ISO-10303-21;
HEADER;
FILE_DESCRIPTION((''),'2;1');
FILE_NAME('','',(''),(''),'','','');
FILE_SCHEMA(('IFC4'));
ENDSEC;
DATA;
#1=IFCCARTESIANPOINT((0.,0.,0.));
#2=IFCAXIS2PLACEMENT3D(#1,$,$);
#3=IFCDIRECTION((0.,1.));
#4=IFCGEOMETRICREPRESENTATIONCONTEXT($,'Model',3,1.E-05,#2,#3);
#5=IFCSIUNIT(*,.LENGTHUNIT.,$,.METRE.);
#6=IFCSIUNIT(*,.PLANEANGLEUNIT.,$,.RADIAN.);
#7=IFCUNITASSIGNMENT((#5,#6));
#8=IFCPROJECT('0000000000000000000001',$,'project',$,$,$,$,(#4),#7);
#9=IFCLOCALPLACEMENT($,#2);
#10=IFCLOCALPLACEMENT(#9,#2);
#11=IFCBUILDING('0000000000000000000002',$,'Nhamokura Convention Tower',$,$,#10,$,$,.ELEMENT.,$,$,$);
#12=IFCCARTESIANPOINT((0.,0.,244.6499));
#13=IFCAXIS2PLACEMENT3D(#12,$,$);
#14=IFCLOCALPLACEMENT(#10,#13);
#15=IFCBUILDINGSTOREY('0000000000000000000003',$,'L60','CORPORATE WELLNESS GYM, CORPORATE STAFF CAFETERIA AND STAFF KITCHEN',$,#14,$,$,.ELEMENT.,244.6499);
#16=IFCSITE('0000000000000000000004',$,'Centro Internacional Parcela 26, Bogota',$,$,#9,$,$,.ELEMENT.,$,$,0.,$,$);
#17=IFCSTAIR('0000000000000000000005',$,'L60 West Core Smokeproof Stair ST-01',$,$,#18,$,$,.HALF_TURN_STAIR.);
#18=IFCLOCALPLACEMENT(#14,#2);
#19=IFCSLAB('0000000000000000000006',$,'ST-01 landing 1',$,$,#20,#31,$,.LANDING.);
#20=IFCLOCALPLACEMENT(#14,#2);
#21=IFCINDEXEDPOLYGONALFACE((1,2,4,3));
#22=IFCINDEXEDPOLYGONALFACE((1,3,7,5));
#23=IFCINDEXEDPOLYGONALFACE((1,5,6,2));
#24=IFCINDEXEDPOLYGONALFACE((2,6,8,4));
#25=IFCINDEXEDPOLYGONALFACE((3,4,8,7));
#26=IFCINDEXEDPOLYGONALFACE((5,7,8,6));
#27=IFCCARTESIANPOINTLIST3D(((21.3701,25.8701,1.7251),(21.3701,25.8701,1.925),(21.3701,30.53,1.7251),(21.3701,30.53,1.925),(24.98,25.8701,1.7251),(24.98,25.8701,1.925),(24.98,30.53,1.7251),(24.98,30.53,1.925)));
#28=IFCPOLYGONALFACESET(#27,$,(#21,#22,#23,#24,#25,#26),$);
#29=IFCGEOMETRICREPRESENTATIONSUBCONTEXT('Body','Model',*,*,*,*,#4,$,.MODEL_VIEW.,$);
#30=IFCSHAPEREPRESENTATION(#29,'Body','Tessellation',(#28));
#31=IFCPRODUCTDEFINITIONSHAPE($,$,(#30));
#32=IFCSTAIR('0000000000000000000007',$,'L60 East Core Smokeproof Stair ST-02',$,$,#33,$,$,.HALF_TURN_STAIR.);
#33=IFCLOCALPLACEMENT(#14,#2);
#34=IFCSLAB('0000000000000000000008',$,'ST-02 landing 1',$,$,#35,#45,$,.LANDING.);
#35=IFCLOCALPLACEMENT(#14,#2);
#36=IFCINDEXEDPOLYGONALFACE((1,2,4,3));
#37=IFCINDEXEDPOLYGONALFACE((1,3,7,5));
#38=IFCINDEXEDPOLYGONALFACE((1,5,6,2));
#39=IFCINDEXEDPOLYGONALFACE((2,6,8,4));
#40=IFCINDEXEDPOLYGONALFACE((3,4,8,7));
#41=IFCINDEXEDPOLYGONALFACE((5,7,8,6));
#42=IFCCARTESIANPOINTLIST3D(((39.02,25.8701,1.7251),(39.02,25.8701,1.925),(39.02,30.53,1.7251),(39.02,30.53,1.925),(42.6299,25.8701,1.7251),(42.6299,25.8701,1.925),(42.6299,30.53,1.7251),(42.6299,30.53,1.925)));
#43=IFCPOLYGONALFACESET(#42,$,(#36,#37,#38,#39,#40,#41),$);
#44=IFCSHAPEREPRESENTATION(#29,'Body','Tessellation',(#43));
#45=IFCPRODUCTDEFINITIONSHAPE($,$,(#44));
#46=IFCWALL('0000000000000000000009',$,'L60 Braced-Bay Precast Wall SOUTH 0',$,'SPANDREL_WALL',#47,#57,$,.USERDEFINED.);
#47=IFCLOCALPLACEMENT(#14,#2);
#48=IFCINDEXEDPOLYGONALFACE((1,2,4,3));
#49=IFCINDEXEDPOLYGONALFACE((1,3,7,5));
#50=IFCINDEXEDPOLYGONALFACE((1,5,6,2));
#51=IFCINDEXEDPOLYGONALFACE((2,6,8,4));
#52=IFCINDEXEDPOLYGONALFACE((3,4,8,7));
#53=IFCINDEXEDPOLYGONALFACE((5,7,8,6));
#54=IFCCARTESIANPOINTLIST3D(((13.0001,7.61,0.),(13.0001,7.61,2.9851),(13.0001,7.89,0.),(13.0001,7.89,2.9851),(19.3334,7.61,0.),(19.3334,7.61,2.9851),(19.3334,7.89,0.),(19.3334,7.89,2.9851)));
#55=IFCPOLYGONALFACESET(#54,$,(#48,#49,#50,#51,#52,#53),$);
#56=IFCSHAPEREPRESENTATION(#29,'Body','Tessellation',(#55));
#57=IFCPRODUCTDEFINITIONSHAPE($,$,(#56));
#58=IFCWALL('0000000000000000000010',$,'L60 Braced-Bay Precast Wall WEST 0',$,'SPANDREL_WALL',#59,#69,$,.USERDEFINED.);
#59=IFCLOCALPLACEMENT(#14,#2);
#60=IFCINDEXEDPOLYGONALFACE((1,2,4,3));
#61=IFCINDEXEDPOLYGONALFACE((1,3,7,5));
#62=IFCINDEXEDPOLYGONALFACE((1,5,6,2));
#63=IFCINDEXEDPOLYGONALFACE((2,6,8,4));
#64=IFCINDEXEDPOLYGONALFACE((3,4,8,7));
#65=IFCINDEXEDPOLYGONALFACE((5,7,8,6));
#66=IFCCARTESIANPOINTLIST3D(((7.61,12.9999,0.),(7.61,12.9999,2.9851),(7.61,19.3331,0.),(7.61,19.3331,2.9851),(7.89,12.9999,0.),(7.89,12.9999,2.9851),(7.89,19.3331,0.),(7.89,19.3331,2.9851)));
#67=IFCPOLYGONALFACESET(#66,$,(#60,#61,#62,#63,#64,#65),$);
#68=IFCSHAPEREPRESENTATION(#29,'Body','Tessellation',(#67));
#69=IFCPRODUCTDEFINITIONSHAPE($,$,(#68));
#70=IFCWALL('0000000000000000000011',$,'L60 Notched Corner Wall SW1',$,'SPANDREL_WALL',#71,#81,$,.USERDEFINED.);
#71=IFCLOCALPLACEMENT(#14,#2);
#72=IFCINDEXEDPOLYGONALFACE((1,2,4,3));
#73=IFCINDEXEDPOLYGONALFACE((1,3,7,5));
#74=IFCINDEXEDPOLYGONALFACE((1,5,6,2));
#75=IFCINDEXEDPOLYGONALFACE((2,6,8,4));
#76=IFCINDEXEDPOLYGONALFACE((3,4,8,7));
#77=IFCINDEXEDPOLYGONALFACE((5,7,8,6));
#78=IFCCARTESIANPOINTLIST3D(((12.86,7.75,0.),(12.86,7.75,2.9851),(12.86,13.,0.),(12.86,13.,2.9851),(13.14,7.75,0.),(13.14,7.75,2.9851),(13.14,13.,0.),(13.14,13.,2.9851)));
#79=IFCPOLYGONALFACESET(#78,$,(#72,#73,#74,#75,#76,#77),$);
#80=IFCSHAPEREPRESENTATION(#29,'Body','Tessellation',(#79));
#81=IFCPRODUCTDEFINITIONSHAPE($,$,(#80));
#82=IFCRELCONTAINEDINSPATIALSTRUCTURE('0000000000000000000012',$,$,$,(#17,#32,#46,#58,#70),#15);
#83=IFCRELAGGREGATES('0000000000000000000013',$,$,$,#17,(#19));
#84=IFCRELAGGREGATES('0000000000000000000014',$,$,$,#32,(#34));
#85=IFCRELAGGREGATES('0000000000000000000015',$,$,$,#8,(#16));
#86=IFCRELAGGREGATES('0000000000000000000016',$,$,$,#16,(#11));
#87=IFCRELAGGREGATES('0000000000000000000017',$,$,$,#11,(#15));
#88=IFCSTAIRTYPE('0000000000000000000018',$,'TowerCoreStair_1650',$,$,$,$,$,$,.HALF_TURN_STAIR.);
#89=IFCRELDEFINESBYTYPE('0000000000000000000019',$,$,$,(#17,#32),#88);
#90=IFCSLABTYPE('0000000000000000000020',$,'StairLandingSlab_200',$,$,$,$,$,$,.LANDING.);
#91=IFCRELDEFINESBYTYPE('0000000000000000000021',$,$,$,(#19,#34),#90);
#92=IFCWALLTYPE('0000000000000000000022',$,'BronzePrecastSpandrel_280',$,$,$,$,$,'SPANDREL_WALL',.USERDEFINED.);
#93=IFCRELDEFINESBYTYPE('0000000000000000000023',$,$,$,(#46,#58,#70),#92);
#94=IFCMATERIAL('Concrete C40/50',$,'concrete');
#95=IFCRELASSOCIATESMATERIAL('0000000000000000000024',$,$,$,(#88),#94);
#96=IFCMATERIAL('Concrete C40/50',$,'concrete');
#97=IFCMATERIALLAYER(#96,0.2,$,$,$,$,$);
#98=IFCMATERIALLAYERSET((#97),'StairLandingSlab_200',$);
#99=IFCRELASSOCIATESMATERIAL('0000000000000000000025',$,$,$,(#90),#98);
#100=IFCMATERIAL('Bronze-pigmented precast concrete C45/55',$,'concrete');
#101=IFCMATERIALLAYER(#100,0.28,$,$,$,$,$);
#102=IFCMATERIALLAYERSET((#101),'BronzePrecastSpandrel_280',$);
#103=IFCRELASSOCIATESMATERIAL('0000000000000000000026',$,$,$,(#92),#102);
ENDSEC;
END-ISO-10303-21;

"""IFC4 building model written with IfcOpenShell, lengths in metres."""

from ifc_helpers import new_model, si_unit, direction, frame, frame_2d, origin, place, context, subcontext, project, spatial, polyline, rectangle, outline, extrude, material, layer, layer_set, type_object, element, aggregate, save


model = new_model("IFC4")

# Units and contexts
model_context = context("Model", 3, precision=1e-05, world=origin(), true_north=direction((0.0, 1.0)))
body_context = subcontext(model_context, "Body", "Model", "MODEL_VIEW")
ifc_project = project(units=[si_unit("LENGTHUNIT", "METRE"), si_unit("PLANEANGLEUNIT", "RADIAN")], contexts=[model_context])

# Site, building, storey
site_placement = place(None, origin())
site = spatial("IfcSite", under=ifc_project, at=site_placement, Name="Centro Internacional Parcela 26, Bogota", CompositionType="ELEMENT", RefElevation=0.0)
building_placement = place(site_placement, origin())
building = spatial("IfcBuilding", under=site, at=building_placement, Name="Nhamokura Convention Tower", CompositionType="ELEMENT")
storey_placement = place(building_placement, frame((0.0, 0.0, 244.6499)))
storey = spatial("IfcBuildingStorey", under=building, at=storey_placement, Name="L60", Description="CORPORATE WELLNESS GYM, CORPORATE STAFF CAFETERIA AND STAFF KITCHEN", CompositionType="ELEMENT", Elevation=244.6499)

# Stairs, slabs
ifc_material_1 = material(Name="Concrete C40/50", Category="concrete")
stair_type = type_object("IfcStairType", Name="TowerCoreStair_1650", PredefinedType="HALF_TURN_STAIR", material=ifc_material_1)
stair_1_placement = place(storey_placement, origin())
stair_1 = element("IfcStair", 1, at=stair_1_placement, inside=storey, type_object=stair_type, Name="L60 West Core Smokeproof Stair ST-01", PredefinedType="HALF_TURN_STAIR")
ifc_material_2 = material(Name="Concrete C40/50", Category="concrete")
ifc_layer_1 = layer(ifc_material_2, 0.2)
ifc_layer_set_1 = layer_set([ifc_layer_1], Name="StairLandingSlab_200")
slab_type_1 = type_object("IfcSlabType", Name="StairLandingSlab_200", PredefinedType="LANDING", material=ifc_layer_set_1)
slab_1_placement = place(storey_placement, frame((0.0, 0.0, 1.7251)))
slab_1 = element("IfcSlab", 2, at=slab_1_placement, type_object=slab_type_1, Name="ST-01 landing 1", PredefinedType="LANDING", context=body_context, shape_type="SweptSolid", body=[
    extrude(outline(polyline([(24.98, 25.8701), (24.98, 30.53), (21.3701, 30.53), (21.3701, 25.8701), (24.98, 25.8701)])), origin(), (0.0, 0.0, 1.0), 0.2),
])
aggregate(stair_1, [slab_1])
stair_2_placement = place(storey_placement, origin())
stair_2 = element("IfcStair", 3, at=stair_2_placement, inside=storey, type_object=stair_type, Name="L60 East Core Smokeproof Stair ST-02", PredefinedType="HALF_TURN_STAIR")
slab_2_placement = place(storey_placement, frame((0.0, 0.0, 1.7251)))
slab_2 = element("IfcSlab", 4, at=slab_2_placement, type_object=slab_type_1, Name="ST-02 landing 1", PredefinedType="LANDING", context=body_context, shape_type="SweptSolid", body=[
    extrude(outline(polyline([(42.6299, 25.8701), (42.6299, 30.53), (39.02, 30.53), (39.02, 25.8701), (42.6299, 25.8701)])), origin(), (0.0, 0.0, 1.0), 0.2),
])
aggregate(stair_2, [slab_2])

# Walls
ifc_material_3 = material(Name="Bronze-pigmented precast concrete C45/55", Category="concrete")
ifc_layer_2 = layer(ifc_material_3, 0.28)
ifc_layer_set_2 = layer_set([ifc_layer_2], Name="BronzePrecastSpandrel_280")
wall_type = type_object("IfcWallType", Name="BronzePrecastSpandrel_280", ElementType="SPANDREL_WALL", PredefinedType="USERDEFINED", material=ifc_layer_set_2)
for number, where, z_axis, x_axis, name in (
    (5, (19.3333, 7.75, 0.0), (0.0, 0.0, 1.0), (-1.0, 0.0, 0.0), "L60 Braced-Bay Precast Wall SOUTH 0"),
    (6, (7.75, 13.0, 0.0), (0.0, 0.0, 1.0), (0.0, 1.0, 0.0), "L60 Braced-Bay Precast Wall WEST 0"),
):
    element("IfcWall", number, at=place(storey_placement, frame(where, z_axis=z_axis, x_axis=x_axis)), inside=storey, type_object=wall_type, Name=name, ObjectType="SPANDREL_WALL", PredefinedType="USERDEFINED", context=body_context, shape_type="SweptSolid", body=[
        extrude(rectangle(XDim=6.3333, YDim=0.28, at=frame_2d((3.1665, 0.0))), origin(), (0.0, 0.0, 1.0), 2.9851),
    ])
wall_placement = place(storey_placement, frame((13.0, 7.75, 0.0), z_axis=(0.0, 0.0, 1.0), x_axis=(0.0, 1.0, 0.0)))
element("IfcWall", 7, at=wall_placement, inside=storey, type_object=wall_type, Name="L60 Notched Corner Wall SW1", ObjectType="SPANDREL_WALL", PredefinedType="USERDEFINED", context=body_context, shape_type="SweptSolid", body=[
    extrude(rectangle(XDim=5.25, YDim=0.28, at=frame_2d((2.625, 0.0))), origin(), (0.0, 0.0, 1.0), 2.9851),
])

save(model, "model.ifc")
